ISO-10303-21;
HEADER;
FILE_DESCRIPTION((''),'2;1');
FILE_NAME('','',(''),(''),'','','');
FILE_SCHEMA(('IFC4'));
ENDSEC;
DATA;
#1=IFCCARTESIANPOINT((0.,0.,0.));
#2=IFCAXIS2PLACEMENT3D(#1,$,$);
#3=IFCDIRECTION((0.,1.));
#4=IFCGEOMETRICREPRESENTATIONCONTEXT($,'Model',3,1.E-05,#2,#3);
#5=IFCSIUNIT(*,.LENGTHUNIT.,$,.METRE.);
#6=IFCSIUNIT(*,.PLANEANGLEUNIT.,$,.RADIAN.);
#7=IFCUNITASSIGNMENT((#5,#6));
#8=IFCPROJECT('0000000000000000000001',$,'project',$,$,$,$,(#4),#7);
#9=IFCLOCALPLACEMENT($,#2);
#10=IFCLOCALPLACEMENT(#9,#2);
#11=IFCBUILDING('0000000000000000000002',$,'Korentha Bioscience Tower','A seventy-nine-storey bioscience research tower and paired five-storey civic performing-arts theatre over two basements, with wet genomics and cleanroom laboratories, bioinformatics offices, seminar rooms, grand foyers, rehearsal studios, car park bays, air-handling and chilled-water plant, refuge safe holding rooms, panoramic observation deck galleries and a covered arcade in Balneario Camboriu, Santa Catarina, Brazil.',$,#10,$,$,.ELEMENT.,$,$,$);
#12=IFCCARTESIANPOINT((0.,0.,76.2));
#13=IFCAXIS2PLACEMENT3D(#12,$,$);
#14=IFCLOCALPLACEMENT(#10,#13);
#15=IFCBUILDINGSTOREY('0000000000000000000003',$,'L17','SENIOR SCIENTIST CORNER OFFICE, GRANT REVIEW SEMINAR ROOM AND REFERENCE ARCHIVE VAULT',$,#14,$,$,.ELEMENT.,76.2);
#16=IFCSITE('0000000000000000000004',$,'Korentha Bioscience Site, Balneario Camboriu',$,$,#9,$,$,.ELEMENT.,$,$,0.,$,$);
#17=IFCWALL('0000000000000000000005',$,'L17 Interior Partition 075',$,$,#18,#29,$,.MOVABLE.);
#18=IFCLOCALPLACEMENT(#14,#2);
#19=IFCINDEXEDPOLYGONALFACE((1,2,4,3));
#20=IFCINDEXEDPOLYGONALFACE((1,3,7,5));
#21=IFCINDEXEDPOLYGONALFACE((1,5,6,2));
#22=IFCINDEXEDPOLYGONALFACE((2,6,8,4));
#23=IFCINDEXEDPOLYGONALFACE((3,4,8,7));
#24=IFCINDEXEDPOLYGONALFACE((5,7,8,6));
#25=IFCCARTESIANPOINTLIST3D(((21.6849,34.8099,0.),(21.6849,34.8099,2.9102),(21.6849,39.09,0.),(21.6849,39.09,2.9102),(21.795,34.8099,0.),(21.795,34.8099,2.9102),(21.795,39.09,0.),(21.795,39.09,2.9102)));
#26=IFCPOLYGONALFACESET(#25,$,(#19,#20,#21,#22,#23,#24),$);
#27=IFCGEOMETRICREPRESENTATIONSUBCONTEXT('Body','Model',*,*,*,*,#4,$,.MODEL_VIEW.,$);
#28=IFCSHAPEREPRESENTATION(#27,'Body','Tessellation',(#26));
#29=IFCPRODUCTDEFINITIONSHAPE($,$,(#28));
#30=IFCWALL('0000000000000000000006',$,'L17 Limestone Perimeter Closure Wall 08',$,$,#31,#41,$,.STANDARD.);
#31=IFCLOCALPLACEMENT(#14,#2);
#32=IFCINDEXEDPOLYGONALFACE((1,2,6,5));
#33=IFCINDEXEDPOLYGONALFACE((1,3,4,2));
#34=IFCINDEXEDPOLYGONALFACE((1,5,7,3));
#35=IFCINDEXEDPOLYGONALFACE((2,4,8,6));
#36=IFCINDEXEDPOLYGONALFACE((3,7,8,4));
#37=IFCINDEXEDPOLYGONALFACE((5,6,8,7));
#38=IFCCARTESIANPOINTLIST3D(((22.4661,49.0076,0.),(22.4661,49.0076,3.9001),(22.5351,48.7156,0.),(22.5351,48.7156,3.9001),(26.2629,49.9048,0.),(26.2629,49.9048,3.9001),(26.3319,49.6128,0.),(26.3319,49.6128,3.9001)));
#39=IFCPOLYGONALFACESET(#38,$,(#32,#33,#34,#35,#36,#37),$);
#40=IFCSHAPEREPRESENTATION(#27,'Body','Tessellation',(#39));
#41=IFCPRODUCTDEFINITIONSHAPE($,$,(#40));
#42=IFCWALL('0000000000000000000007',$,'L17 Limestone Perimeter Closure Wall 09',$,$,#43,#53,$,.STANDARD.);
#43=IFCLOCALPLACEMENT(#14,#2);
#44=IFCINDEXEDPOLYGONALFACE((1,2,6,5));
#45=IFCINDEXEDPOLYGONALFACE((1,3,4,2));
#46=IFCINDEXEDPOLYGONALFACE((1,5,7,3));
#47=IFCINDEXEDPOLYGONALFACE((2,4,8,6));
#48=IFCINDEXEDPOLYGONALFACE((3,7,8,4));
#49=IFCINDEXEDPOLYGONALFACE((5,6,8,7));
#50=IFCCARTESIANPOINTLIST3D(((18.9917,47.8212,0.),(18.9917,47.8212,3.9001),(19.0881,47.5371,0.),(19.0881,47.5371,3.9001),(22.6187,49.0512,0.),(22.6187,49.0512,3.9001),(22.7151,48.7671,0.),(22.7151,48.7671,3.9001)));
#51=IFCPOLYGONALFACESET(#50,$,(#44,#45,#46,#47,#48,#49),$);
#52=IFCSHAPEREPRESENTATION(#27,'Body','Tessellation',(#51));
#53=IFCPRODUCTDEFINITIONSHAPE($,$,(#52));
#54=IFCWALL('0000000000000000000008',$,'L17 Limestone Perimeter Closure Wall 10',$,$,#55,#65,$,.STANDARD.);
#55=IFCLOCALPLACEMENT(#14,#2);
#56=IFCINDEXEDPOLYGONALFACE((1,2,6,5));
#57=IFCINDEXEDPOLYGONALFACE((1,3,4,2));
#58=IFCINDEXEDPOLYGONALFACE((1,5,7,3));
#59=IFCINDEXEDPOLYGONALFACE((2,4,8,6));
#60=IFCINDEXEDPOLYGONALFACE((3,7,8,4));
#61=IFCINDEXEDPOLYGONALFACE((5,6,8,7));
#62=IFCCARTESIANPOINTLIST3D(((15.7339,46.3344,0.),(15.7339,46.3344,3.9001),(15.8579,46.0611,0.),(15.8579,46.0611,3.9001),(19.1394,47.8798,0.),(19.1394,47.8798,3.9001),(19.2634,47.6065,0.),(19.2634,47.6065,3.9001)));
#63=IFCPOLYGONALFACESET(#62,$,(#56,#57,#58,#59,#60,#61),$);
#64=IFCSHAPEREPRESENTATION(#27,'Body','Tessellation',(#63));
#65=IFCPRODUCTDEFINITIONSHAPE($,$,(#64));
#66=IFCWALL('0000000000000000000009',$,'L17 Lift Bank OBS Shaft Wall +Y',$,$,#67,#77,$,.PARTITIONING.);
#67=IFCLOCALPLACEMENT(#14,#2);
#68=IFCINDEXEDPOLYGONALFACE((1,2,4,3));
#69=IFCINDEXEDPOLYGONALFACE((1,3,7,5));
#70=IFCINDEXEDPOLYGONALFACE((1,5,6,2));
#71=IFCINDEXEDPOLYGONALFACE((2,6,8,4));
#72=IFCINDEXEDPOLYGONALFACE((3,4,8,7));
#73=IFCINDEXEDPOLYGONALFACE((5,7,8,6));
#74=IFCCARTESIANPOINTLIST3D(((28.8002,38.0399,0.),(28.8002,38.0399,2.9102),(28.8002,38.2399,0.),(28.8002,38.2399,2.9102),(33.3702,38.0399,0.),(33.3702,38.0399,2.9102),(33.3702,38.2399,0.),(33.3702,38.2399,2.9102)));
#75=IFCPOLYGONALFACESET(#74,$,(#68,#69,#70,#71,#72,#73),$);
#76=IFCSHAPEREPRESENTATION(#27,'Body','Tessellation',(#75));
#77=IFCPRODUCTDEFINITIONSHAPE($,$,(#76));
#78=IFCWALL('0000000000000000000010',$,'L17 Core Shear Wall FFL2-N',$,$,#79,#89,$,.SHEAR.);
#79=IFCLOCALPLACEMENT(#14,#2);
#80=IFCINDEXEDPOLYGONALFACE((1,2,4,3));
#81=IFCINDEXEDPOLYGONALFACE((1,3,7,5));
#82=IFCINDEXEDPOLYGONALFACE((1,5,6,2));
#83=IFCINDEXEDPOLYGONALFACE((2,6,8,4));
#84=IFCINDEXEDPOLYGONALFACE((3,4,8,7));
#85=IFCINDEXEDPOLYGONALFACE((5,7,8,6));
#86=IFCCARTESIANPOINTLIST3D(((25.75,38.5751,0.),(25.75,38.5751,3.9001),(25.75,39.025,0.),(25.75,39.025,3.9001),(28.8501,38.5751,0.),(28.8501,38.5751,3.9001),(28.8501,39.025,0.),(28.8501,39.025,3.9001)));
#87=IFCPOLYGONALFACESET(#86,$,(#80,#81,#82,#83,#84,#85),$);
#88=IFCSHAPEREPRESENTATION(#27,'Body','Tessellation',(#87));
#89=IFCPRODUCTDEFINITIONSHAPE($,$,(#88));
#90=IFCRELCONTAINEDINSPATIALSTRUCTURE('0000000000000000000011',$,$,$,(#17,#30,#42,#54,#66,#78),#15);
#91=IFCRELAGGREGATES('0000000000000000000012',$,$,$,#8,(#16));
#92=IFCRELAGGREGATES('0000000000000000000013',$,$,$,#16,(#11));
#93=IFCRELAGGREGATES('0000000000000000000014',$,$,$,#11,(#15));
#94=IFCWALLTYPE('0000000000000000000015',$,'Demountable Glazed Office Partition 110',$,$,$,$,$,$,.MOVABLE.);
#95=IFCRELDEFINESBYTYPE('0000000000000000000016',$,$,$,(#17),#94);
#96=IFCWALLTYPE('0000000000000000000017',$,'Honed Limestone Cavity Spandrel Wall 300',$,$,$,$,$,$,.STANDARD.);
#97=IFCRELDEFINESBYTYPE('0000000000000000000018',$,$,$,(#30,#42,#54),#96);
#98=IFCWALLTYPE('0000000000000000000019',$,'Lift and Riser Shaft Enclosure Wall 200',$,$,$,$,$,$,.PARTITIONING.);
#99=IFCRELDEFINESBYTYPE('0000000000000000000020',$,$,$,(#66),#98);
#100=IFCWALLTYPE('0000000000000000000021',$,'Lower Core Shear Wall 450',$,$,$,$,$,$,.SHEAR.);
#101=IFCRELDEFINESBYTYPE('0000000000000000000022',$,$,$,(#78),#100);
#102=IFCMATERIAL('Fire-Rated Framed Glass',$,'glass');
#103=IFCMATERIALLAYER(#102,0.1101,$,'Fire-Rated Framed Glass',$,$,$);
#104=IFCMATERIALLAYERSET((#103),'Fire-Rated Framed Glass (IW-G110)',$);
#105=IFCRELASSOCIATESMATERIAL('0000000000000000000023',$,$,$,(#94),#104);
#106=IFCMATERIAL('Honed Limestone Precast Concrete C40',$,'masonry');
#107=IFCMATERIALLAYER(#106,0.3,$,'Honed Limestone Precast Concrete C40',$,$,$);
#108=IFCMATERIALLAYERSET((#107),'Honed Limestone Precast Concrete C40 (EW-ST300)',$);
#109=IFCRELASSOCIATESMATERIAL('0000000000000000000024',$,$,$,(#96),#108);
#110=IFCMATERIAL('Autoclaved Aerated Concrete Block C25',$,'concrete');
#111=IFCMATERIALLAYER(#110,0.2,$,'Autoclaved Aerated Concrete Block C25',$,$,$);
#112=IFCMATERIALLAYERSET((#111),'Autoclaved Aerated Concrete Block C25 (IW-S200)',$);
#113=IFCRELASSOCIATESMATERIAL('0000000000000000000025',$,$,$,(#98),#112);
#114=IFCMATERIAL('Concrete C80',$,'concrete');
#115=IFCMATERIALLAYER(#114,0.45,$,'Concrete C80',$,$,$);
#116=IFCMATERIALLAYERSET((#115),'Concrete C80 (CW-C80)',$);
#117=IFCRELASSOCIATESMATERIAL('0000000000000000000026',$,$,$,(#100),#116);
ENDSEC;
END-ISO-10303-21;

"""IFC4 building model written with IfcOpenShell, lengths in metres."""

from ifc_helpers import new_model, si_unit, direction, frame, frame_2d, origin, place, context, subcontext, project, spatial, rectangle, extrude, material, layer, layer_set, type_object, element, save


model = new_model("IFC4")

# Units and contexts
model_context = context("Model", 3, precision=1e-05, world=origin(), true_north=direction((0.0, 1.0)))
body_context = subcontext(model_context, "Body", "Model", "MODEL_VIEW")
ifc_project = project(units=[si_unit("LENGTHUNIT", "METRE"), si_unit("PLANEANGLEUNIT", "RADIAN")], contexts=[model_context])

# Site, building, storey
site_placement = place(None, origin())
site = spatial("IfcSite", under=ifc_project, at=site_placement, Name="Korentha Bioscience Site, Balneario Camboriu", CompositionType="ELEMENT", RefElevation=0.0)
building_placement = place(site_placement, origin())
building = spatial("IfcBuilding", under=site, at=building_placement, Name="Korentha Bioscience Tower", Description="A seventy-nine-storey bioscience research tower and paired five-storey civic performing-arts theatre over two basements, with wet genomics and cleanroom laboratories, bioinformatics offices, seminar rooms, grand foyers, rehearsal studios, car park bays, air-handling and chilled-water plant, refuge safe holding rooms, panoramic observation deck galleries and a covered arcade in Balneario Camboriu, Santa Catarina, Brazil.", CompositionType="ELEMENT")
storey_placement = place(building_placement, frame((0.0, 0.0, 76.2)))
storey = spatial("IfcBuildingStorey", under=building, at=storey_placement, Name="L17", Description="SENIOR SCIENTIST CORNER OFFICE, GRANT REVIEW SEMINAR ROOM AND REFERENCE ARCHIVE VAULT", CompositionType="ELEMENT", Elevation=76.2)

# Shared definitions
ifc_material_1 = material(Name="Concrete C80", Category="concrete")

# Walls
ifc_material_2 = material(Name="Fire-Rated Framed Glass", Category="glass")
ifc_layer_1 = layer(ifc_material_2, 0.1101, Name="Fire-Rated Framed Glass")
ifc_layer_set_1 = layer_set([ifc_layer_1], Name="Fire-Rated Framed Glass (IW-G110)")
wall_type_1 = type_object("IfcWallType", Name="Demountable Glazed Office Partition 110", PredefinedType="MOVABLE", material=ifc_layer_set_1)
wall_1_placement = place(storey_placement, frame((21.74, 39.0901, 0.0), z_axis=(0.0, 0.0, 1.0), x_axis=(0.0, -1.0, 0.0)))
element("IfcWall", 1, at=wall_1_placement, inside=storey, type_object=wall_type_1, Name="L17 Interior Partition 075", PredefinedType="MOVABLE", context=body_context, shape_type="SweptSolid", body=[
    extrude(rectangle(XDim=4.28, YDim=0.1101, at=frame_2d((2.1401, 0.0))), origin(), (0.0, 0.0, 1.0), 2.9102),
])
ifc_material_3 = material(Name="Honed Limestone Precast Concrete C40", Category="masonry")
ifc_layer_2 = layer(ifc_material_3, 0.3, Name="Honed Limestone Precast Concrete C40")
ifc_layer_set_2 = layer_set([ifc_layer_2], Name="Honed Limestone Precast Concrete C40 (EW-ST300)")
wall_type_2 = type_object("IfcWallType", Name="Honed Limestone Cavity Spandrel Wall 300", PredefinedType="STANDARD", material=ifc_layer_set_2)
wall_2_placement = place(storey_placement, frame((26.2974, 49.7588, 0.0), z_axis=(0.0, 0.0, 1.0), x_axis=(-0.973198, -0.22997, 0.0)))
element("IfcWall", 2, at=wall_2_placement, inside=storey, type_object=wall_type_2, Name="L17 Limestone Perimeter Closure Wall 08", PredefinedType="STANDARD", context=body_context, shape_type="SweptSolid", body=[
    extrude(rectangle(XDim=3.9014, YDim=0.3, at=frame_2d((1.9507, 0.0))), origin(), (0.0, 0.0, 1.0), 3.9001),
])
wall_3_placement = place(storey_placement, frame((22.667, 48.9092, 0.0), z_axis=(0.0, 0.0, 1.0), x_axis=(-0.947026, -0.321158, 0.0)))
element("IfcWall", 3, at=wall_3_placement, inside=storey, type_object=wall_type_2, Name="L17 Limestone Perimeter Closure Wall 09", PredefinedType="STANDARD", context=body_context, shape_type="SweptSolid", body=[
    extrude(rectangle(XDim=3.8298, YDim=0.3, at=frame_2d((1.915, 0.0))), origin(), (0.0, 0.0, 1.0), 3.9001),
])
wall_4_placement = place(storey_placement, frame((19.2014, 47.7432, 0.0), z_axis=(0.0, 0.0, 1.0), x_axis=(-0.910623, -0.413237, 0.0)))
element("IfcWall", 4, at=wall_4_placement, inside=storey, type_object=wall_type_2, Name="L17 Limestone Perimeter Closure Wall 10", PredefinedType="STANDARD", context=body_context, shape_type="SweptSolid", body=[
    extrude(rectangle(XDim=3.7397, YDim=0.3, at=frame_2d((1.8699, 0.0))), origin(), (0.0, 0.0, 1.0), 3.9001),
])
ifc_material_4 = material(Name="Autoclaved Aerated Concrete Block C25", Category="concrete")
ifc_layer_3 = layer(ifc_material_4, 0.2, Name="Autoclaved Aerated Concrete Block C25")
ifc_layer_set_3 = layer_set([ifc_layer_3], Name="Autoclaved Aerated Concrete Block C25 (IW-S200)")
wall_type_3 = type_object("IfcWallType", Name="Lift and Riser Shaft Enclosure Wall 200", PredefinedType="PARTITIONING", material=ifc_layer_set_3)
wall_5_placement = place(storey_placement, frame((28.8, 38.1399, 0.0), z_axis=(0.0, 0.0, 1.0), x_axis=(1.0, 0.0, 0.0)))
element("IfcWall", 5, at=wall_5_placement, inside=storey, type_object=wall_type_3, Name="L17 Lift Bank OBS Shaft Wall +Y", PredefinedType="PARTITIONING", context=body_context, shape_type="SweptSolid", body=[
    extrude(rectangle(XDim=4.5701, YDim=0.2, at=frame_2d((2.2852, 0.0))), origin(), (0.0, 0.0, 1.0), 2.9102),
])
ifc_layer_4 = layer(ifc_material_1, 0.45, Name="Concrete C80")
ifc_layer_set_4 = layer_set([ifc_layer_4], Name="Concrete C80 (CW-C80)")
wall_type_4 = type_object("IfcWallType", Name="Lower Core Shear Wall 450", PredefinedType="SHEAR", material=ifc_layer_set_4)
wall_6_placement = place(storey_placement, frame((25.75, 38.8, 0.0), z_axis=(0.0, 0.0, 1.0), x_axis=(1.0, 0.0, 0.0)))
element("IfcWall", 6, at=wall_6_placement, inside=storey, type_object=wall_type_4, Name="L17 Core Shear Wall FFL2-N", PredefinedType="SHEAR", context=body_context, shape_type="SweptSolid", body=[
    extrude(rectangle(XDim=3.1001, YDim=0.45, at=frame_2d((1.55, 0.0))), origin(), (0.0, 0.0, 1.0), 3.9001),
])

save(model, "model.ifc")
